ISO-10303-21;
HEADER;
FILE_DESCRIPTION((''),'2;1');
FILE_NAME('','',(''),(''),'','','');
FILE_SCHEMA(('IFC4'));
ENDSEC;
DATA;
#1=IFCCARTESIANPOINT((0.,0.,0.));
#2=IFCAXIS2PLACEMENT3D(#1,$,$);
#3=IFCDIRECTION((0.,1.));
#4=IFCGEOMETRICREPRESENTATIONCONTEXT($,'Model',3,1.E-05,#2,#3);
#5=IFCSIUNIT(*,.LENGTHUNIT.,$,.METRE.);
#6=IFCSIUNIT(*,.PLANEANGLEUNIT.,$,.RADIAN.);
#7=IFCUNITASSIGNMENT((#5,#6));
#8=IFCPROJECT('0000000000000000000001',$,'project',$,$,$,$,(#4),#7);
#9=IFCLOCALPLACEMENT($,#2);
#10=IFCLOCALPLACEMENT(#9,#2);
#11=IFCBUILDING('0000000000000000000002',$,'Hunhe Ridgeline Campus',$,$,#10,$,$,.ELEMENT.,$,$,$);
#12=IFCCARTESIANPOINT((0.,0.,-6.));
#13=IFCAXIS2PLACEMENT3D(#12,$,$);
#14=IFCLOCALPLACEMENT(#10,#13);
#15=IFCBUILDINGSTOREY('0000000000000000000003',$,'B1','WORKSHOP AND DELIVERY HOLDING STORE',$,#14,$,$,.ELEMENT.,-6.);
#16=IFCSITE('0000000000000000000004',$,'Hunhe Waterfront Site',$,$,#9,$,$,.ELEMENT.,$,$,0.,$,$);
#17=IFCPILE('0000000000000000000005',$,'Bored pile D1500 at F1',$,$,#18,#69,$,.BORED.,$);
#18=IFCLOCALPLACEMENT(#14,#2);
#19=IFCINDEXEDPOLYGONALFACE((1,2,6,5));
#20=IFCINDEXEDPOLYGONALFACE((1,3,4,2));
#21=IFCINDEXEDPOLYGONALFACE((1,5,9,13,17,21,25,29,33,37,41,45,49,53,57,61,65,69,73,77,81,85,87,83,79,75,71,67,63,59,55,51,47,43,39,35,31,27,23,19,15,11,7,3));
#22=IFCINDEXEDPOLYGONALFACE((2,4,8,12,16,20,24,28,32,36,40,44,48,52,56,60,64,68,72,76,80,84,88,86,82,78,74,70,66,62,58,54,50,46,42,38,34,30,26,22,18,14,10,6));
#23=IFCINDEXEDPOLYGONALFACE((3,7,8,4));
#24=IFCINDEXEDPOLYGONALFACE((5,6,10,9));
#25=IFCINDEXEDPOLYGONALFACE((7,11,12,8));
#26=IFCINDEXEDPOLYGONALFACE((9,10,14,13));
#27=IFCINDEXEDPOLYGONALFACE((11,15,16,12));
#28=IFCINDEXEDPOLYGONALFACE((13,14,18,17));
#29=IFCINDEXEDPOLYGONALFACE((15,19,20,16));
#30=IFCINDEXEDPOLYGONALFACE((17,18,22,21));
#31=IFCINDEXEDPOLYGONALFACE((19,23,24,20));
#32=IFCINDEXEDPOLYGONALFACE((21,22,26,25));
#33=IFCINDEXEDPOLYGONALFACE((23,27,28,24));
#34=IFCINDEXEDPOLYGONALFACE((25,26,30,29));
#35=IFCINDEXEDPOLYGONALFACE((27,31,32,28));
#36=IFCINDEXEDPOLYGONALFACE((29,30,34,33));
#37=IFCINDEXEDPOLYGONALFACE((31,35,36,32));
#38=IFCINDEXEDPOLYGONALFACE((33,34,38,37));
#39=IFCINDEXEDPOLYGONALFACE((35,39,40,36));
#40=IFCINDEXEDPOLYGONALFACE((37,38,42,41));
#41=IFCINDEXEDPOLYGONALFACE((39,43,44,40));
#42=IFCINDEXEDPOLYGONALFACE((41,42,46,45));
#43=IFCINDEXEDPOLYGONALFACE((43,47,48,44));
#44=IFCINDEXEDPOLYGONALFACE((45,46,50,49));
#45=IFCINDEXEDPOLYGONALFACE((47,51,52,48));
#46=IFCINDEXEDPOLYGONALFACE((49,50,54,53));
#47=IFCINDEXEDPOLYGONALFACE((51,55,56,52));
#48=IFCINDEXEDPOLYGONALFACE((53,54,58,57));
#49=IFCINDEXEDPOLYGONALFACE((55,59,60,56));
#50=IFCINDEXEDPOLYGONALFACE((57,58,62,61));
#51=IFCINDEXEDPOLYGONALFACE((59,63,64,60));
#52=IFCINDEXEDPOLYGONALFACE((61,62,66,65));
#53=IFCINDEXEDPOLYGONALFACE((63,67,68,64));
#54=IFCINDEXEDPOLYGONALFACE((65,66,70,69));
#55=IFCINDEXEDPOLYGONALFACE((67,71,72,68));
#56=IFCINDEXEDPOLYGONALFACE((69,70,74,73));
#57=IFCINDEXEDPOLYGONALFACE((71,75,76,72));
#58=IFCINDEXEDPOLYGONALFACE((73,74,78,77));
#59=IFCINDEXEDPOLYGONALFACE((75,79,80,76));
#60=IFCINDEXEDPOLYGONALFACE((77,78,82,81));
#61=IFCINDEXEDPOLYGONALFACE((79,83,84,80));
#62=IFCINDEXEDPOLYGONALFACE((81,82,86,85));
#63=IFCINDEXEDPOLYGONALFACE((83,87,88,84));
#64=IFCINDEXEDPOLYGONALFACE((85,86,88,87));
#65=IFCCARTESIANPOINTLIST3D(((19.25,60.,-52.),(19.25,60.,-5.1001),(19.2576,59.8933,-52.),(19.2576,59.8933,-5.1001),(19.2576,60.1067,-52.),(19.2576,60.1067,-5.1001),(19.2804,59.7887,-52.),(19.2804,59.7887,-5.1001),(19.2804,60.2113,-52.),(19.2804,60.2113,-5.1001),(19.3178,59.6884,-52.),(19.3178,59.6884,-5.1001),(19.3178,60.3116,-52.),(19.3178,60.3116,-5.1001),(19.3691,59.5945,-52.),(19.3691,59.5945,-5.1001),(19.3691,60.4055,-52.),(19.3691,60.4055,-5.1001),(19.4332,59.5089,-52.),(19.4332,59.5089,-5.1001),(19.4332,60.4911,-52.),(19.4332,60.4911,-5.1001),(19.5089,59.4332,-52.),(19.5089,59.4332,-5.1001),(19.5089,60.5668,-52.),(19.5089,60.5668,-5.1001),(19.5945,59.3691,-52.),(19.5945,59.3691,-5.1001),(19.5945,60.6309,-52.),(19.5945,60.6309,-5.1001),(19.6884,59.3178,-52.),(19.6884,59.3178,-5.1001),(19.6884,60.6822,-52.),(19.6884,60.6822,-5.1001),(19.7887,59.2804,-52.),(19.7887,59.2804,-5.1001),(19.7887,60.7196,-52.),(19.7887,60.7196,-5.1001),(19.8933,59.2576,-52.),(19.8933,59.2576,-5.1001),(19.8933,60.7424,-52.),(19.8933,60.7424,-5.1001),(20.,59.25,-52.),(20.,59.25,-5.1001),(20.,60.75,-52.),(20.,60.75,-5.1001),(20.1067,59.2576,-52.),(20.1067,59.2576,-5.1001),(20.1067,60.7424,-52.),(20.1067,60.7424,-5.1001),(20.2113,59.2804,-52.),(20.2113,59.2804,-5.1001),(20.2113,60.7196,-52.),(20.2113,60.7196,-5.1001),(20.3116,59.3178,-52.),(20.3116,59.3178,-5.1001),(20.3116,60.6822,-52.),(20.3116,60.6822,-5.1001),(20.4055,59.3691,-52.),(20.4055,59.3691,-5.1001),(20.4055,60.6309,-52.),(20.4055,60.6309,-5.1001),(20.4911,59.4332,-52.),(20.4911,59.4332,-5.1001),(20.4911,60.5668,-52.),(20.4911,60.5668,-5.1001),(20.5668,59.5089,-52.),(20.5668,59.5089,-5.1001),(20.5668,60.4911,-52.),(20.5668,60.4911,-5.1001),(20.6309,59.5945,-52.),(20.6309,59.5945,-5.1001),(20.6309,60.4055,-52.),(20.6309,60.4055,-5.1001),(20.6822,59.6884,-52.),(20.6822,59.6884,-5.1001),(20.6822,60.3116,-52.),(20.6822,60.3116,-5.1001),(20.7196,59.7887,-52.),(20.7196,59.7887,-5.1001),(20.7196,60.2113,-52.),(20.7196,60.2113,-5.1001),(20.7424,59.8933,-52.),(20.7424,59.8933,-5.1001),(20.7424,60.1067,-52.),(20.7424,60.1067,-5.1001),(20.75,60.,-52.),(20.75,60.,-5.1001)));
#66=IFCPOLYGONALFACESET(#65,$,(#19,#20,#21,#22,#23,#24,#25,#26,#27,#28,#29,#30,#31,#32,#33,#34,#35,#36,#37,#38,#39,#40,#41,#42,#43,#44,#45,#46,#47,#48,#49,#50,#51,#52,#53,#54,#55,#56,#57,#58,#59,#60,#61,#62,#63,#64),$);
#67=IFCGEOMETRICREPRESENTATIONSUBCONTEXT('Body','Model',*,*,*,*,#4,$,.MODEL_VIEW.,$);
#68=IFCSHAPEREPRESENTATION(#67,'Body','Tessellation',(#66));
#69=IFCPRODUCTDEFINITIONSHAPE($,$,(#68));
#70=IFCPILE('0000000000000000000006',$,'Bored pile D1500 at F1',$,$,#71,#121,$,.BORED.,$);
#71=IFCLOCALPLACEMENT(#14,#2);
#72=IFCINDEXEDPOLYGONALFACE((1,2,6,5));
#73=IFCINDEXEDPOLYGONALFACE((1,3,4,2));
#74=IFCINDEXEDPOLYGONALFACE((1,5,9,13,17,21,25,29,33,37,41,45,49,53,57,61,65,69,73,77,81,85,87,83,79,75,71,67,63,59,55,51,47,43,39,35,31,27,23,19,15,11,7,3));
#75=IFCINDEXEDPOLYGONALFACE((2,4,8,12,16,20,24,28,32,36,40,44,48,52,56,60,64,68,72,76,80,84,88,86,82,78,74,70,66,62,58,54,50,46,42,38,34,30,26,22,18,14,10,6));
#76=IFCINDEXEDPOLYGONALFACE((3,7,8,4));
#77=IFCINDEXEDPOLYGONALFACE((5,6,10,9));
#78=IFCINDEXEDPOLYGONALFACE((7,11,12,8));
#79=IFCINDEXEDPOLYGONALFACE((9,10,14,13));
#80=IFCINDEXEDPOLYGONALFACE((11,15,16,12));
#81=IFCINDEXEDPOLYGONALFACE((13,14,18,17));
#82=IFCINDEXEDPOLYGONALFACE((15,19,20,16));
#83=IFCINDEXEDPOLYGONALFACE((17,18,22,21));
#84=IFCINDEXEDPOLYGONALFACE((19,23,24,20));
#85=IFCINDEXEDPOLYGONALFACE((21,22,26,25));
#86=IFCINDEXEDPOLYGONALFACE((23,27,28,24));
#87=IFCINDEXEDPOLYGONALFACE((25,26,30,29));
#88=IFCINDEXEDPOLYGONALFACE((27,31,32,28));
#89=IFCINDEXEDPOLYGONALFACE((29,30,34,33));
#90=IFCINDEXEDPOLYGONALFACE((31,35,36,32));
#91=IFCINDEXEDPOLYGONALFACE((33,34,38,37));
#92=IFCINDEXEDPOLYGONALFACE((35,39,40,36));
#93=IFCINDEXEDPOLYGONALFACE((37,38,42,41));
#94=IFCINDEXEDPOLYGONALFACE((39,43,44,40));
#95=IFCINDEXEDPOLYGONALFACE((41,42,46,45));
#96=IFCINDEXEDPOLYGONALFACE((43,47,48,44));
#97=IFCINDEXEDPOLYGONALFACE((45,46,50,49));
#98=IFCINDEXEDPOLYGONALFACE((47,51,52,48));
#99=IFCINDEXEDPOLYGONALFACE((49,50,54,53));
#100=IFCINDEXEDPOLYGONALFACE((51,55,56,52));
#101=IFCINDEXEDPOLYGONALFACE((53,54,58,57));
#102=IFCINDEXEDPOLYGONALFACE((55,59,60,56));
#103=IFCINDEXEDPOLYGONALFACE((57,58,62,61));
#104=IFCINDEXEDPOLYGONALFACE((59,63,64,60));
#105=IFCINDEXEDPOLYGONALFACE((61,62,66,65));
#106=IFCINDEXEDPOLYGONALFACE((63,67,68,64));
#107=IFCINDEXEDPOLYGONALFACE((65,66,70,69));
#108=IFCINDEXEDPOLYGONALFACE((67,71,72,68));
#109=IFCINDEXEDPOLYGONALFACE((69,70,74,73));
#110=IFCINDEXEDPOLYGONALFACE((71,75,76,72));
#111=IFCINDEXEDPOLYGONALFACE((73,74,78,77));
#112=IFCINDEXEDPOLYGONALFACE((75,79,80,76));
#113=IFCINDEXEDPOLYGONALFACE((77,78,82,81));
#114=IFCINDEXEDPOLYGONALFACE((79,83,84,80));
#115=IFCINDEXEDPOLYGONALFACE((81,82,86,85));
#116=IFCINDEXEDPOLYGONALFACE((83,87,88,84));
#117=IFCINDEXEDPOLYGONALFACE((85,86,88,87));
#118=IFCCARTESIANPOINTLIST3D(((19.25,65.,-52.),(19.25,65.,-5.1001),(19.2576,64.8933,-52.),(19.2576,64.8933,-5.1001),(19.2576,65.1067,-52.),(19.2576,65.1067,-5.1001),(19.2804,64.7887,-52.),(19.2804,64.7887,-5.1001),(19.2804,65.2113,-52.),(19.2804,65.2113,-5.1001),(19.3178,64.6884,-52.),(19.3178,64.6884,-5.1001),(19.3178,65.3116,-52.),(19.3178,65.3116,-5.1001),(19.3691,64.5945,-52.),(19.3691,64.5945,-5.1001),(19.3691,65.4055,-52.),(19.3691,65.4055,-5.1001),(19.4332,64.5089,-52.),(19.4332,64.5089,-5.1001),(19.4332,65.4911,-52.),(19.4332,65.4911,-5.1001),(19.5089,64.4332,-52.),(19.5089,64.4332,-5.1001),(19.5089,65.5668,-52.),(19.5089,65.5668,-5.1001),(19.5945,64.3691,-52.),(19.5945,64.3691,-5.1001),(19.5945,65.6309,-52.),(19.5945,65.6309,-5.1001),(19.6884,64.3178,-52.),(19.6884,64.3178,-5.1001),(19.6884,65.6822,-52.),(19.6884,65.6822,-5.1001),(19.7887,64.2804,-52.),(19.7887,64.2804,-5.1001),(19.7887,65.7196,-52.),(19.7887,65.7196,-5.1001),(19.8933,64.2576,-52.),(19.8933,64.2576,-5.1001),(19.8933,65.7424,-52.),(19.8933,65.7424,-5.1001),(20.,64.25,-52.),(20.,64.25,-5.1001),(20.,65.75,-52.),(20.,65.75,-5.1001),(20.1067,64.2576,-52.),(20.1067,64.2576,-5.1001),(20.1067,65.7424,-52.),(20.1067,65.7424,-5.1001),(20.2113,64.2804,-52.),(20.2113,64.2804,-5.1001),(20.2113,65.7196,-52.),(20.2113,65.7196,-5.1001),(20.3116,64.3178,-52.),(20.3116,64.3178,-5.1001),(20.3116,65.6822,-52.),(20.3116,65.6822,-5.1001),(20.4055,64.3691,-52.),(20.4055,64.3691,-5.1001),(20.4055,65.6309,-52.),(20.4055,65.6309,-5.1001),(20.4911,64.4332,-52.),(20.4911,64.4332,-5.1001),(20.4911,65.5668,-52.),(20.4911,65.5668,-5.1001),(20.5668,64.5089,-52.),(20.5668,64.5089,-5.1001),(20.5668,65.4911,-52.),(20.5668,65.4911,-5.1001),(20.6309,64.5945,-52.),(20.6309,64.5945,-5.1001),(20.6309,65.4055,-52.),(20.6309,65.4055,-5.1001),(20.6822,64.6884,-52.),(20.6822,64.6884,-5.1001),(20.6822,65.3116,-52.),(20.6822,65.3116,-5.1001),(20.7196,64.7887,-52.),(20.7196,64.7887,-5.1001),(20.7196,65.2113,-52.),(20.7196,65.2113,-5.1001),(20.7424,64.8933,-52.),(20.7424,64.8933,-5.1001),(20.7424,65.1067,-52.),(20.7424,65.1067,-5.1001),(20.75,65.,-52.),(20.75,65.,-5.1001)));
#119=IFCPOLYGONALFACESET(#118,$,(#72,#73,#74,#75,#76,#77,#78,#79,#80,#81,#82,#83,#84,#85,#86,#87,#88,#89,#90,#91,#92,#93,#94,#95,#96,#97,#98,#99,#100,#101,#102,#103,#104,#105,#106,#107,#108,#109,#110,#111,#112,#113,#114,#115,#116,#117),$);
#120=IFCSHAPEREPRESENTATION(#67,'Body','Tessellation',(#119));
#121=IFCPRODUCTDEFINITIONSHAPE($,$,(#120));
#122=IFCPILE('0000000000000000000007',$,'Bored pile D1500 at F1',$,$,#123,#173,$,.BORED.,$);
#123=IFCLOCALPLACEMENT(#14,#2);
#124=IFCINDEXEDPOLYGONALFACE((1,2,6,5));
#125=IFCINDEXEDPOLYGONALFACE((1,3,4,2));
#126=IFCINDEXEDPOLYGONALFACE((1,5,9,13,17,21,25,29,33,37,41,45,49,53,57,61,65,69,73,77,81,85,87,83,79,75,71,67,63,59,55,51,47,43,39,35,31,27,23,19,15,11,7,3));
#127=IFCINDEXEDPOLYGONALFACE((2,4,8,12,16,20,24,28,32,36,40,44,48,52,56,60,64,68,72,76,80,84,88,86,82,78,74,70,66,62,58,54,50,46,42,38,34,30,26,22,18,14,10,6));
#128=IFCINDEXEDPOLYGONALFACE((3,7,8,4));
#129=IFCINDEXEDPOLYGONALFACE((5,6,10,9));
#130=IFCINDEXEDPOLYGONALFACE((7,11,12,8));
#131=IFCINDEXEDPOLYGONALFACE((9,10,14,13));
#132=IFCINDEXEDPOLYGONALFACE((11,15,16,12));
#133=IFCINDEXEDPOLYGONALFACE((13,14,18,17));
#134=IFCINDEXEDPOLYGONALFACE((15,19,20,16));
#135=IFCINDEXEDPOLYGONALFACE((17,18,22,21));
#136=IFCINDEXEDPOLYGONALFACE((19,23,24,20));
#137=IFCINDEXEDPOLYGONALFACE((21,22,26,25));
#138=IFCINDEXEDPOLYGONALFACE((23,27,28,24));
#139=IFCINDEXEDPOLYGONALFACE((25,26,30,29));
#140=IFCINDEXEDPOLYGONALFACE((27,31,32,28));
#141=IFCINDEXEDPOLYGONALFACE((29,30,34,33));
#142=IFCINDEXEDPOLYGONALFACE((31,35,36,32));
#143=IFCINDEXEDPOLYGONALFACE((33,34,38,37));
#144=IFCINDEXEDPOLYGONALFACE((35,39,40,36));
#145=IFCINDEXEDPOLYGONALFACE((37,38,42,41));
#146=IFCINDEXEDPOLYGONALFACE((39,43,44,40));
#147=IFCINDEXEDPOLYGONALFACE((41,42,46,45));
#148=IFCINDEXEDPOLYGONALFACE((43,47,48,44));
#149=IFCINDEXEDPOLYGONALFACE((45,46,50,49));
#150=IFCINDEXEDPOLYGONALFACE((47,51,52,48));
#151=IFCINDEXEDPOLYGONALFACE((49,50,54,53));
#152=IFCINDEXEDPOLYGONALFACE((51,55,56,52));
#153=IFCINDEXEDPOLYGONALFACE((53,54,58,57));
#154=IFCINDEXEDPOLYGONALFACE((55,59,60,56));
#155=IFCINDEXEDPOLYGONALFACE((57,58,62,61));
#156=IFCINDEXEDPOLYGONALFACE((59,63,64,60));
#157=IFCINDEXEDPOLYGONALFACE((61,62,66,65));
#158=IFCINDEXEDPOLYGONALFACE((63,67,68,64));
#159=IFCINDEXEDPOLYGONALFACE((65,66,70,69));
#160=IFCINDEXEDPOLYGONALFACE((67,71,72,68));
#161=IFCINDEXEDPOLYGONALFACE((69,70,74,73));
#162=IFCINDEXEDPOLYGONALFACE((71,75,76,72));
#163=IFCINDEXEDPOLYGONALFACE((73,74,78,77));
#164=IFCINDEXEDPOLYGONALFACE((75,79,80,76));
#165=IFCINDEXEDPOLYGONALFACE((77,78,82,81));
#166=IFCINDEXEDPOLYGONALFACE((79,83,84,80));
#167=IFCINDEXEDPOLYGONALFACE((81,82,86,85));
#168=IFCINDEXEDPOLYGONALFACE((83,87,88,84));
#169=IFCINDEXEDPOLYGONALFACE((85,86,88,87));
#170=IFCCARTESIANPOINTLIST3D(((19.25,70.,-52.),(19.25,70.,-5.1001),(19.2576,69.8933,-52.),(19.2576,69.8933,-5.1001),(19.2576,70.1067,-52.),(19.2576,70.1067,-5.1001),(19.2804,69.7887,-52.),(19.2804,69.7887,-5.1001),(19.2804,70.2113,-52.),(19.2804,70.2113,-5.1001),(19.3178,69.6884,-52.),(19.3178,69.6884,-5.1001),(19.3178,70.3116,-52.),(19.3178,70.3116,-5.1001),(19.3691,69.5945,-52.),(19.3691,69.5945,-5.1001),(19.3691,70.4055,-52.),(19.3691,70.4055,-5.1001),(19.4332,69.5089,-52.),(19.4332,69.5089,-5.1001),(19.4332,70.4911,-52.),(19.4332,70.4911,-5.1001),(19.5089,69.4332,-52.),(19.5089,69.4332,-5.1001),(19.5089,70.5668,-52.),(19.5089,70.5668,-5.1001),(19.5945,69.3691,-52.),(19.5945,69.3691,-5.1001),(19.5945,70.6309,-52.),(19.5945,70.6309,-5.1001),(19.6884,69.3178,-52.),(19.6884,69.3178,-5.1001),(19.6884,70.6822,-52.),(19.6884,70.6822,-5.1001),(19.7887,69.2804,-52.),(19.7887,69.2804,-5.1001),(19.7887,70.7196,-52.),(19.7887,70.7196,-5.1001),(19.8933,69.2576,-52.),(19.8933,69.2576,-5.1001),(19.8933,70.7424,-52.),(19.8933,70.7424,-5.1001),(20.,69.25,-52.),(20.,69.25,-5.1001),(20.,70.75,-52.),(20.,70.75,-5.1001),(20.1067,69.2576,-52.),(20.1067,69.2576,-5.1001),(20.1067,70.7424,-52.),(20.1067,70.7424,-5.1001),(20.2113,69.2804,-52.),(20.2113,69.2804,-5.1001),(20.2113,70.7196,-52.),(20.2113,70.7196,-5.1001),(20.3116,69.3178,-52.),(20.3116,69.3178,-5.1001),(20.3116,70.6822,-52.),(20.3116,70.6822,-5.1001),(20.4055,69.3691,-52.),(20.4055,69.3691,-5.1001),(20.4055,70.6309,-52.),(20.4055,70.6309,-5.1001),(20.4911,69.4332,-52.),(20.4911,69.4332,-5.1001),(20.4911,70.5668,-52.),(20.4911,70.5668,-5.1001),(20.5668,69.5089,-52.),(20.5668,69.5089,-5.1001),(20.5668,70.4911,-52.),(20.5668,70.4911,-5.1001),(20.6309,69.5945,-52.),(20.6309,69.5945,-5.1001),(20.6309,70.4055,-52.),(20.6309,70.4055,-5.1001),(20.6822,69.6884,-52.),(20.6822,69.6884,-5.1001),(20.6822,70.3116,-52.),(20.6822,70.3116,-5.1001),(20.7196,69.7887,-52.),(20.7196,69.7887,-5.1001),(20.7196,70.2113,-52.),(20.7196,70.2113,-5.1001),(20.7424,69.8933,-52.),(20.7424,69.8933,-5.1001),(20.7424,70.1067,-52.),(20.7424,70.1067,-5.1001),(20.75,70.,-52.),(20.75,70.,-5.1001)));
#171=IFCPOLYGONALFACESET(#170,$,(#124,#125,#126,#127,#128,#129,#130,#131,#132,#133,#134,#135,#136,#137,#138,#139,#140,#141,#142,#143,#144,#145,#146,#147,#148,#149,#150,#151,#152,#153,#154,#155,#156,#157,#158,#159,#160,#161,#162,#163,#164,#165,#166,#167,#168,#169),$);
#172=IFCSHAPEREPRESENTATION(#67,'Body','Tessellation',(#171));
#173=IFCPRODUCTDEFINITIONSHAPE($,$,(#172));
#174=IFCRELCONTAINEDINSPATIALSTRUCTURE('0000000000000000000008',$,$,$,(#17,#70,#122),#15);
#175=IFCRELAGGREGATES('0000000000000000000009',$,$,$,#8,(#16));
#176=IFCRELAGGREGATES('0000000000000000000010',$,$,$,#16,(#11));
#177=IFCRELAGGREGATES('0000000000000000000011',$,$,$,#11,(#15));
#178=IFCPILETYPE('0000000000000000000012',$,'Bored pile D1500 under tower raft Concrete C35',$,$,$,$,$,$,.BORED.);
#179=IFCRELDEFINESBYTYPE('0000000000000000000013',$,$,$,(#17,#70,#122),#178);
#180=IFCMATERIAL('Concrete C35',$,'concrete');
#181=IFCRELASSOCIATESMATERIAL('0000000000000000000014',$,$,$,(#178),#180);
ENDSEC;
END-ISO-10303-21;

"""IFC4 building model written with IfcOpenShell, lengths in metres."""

from ifc_helpers import new_model, si_unit, direction, frame, origin, origin_2d, place, context, subcontext, project, spatial, circle, extrude, material, material_profile, profile_set, type_object, element, save


model = new_model("IFC4")

# Units and contexts
model_context = context("Model", 3, precision=1e-05, world=origin(), true_north=direction((0.0, 1.0)))
body_context = subcontext(model_context, "Body", "Model", "MODEL_VIEW")
ifc_project = project(units=[si_unit("LENGTHUNIT", "METRE"), si_unit("PLANEANGLEUNIT", "RADIAN")], contexts=[model_context])

# Site, building, storey
site_placement = place(None, origin())
site = spatial("IfcSite", under=ifc_project, at=site_placement, Name="Hunhe Waterfront Site", CompositionType="ELEMENT", RefElevation=0.0)
building_placement = place(site_placement, origin())
building = spatial("IfcBuilding", under=site, at=building_placement, Name="Hunhe Ridgeline Campus", CompositionType="ELEMENT")
storey_placement = place(building_placement, frame((0.0, 0.0, -6.0)))
storey = spatial("IfcBuildingStorey", under=building, at=storey_placement, Name="B1", Description="WORKSHOP AND DELIVERY HOLDING STORE", CompositionType="ELEMENT", Elevation=-6.0)

# Piles
ifc_material_1 = material(Name="Concrete C35", Category="concrete")
ifc_material_profile_1 = material_profile(ifc_material_1, circle(Radius=0.75, at=origin_2d()))
ifc_profile_set_1 = profile_set([ifc_material_profile_1], Name="Concrete C35")
pile_type = type_object("IfcPileType", Name="Bored pile D1500 under tower raft Concrete C35", PredefinedType="BORED", material=ifc_profile_set_1)
for number, where, z_axis, x_axis, name in (
    (1, (20.0, 60.0, -5.1001), (0.0, 0.0, -1.0), (1.0, 0.0, 0.0), "Bored pile D1500 at F1"),
    (2, (20.0, 65.0, -5.1001), (0.0, 0.0, -1.0), (1.0, 0.0, 0.0), "Bored pile D1500 at F1"),
    (3, (20.0, 70.0, -5.1001), (0.0, 0.0, -1.0), (1.0, 0.0, 0.0), "Bored pile D1500 at F1"),
):
    element("IfcPile", number, at=place(storey_placement, frame(where, z_axis=z_axis, x_axis=x_axis)), inside=storey, type_object=pile_type, Name=name, PredefinedType="BORED", context=body_context, shape_type="SweptSolid", body=[
        extrude(circle(Radius=0.75, at=origin_2d()), origin(), (0.0, 0.0, 1.0), 46.8999),
    ])

save(model, "model.ifc")
